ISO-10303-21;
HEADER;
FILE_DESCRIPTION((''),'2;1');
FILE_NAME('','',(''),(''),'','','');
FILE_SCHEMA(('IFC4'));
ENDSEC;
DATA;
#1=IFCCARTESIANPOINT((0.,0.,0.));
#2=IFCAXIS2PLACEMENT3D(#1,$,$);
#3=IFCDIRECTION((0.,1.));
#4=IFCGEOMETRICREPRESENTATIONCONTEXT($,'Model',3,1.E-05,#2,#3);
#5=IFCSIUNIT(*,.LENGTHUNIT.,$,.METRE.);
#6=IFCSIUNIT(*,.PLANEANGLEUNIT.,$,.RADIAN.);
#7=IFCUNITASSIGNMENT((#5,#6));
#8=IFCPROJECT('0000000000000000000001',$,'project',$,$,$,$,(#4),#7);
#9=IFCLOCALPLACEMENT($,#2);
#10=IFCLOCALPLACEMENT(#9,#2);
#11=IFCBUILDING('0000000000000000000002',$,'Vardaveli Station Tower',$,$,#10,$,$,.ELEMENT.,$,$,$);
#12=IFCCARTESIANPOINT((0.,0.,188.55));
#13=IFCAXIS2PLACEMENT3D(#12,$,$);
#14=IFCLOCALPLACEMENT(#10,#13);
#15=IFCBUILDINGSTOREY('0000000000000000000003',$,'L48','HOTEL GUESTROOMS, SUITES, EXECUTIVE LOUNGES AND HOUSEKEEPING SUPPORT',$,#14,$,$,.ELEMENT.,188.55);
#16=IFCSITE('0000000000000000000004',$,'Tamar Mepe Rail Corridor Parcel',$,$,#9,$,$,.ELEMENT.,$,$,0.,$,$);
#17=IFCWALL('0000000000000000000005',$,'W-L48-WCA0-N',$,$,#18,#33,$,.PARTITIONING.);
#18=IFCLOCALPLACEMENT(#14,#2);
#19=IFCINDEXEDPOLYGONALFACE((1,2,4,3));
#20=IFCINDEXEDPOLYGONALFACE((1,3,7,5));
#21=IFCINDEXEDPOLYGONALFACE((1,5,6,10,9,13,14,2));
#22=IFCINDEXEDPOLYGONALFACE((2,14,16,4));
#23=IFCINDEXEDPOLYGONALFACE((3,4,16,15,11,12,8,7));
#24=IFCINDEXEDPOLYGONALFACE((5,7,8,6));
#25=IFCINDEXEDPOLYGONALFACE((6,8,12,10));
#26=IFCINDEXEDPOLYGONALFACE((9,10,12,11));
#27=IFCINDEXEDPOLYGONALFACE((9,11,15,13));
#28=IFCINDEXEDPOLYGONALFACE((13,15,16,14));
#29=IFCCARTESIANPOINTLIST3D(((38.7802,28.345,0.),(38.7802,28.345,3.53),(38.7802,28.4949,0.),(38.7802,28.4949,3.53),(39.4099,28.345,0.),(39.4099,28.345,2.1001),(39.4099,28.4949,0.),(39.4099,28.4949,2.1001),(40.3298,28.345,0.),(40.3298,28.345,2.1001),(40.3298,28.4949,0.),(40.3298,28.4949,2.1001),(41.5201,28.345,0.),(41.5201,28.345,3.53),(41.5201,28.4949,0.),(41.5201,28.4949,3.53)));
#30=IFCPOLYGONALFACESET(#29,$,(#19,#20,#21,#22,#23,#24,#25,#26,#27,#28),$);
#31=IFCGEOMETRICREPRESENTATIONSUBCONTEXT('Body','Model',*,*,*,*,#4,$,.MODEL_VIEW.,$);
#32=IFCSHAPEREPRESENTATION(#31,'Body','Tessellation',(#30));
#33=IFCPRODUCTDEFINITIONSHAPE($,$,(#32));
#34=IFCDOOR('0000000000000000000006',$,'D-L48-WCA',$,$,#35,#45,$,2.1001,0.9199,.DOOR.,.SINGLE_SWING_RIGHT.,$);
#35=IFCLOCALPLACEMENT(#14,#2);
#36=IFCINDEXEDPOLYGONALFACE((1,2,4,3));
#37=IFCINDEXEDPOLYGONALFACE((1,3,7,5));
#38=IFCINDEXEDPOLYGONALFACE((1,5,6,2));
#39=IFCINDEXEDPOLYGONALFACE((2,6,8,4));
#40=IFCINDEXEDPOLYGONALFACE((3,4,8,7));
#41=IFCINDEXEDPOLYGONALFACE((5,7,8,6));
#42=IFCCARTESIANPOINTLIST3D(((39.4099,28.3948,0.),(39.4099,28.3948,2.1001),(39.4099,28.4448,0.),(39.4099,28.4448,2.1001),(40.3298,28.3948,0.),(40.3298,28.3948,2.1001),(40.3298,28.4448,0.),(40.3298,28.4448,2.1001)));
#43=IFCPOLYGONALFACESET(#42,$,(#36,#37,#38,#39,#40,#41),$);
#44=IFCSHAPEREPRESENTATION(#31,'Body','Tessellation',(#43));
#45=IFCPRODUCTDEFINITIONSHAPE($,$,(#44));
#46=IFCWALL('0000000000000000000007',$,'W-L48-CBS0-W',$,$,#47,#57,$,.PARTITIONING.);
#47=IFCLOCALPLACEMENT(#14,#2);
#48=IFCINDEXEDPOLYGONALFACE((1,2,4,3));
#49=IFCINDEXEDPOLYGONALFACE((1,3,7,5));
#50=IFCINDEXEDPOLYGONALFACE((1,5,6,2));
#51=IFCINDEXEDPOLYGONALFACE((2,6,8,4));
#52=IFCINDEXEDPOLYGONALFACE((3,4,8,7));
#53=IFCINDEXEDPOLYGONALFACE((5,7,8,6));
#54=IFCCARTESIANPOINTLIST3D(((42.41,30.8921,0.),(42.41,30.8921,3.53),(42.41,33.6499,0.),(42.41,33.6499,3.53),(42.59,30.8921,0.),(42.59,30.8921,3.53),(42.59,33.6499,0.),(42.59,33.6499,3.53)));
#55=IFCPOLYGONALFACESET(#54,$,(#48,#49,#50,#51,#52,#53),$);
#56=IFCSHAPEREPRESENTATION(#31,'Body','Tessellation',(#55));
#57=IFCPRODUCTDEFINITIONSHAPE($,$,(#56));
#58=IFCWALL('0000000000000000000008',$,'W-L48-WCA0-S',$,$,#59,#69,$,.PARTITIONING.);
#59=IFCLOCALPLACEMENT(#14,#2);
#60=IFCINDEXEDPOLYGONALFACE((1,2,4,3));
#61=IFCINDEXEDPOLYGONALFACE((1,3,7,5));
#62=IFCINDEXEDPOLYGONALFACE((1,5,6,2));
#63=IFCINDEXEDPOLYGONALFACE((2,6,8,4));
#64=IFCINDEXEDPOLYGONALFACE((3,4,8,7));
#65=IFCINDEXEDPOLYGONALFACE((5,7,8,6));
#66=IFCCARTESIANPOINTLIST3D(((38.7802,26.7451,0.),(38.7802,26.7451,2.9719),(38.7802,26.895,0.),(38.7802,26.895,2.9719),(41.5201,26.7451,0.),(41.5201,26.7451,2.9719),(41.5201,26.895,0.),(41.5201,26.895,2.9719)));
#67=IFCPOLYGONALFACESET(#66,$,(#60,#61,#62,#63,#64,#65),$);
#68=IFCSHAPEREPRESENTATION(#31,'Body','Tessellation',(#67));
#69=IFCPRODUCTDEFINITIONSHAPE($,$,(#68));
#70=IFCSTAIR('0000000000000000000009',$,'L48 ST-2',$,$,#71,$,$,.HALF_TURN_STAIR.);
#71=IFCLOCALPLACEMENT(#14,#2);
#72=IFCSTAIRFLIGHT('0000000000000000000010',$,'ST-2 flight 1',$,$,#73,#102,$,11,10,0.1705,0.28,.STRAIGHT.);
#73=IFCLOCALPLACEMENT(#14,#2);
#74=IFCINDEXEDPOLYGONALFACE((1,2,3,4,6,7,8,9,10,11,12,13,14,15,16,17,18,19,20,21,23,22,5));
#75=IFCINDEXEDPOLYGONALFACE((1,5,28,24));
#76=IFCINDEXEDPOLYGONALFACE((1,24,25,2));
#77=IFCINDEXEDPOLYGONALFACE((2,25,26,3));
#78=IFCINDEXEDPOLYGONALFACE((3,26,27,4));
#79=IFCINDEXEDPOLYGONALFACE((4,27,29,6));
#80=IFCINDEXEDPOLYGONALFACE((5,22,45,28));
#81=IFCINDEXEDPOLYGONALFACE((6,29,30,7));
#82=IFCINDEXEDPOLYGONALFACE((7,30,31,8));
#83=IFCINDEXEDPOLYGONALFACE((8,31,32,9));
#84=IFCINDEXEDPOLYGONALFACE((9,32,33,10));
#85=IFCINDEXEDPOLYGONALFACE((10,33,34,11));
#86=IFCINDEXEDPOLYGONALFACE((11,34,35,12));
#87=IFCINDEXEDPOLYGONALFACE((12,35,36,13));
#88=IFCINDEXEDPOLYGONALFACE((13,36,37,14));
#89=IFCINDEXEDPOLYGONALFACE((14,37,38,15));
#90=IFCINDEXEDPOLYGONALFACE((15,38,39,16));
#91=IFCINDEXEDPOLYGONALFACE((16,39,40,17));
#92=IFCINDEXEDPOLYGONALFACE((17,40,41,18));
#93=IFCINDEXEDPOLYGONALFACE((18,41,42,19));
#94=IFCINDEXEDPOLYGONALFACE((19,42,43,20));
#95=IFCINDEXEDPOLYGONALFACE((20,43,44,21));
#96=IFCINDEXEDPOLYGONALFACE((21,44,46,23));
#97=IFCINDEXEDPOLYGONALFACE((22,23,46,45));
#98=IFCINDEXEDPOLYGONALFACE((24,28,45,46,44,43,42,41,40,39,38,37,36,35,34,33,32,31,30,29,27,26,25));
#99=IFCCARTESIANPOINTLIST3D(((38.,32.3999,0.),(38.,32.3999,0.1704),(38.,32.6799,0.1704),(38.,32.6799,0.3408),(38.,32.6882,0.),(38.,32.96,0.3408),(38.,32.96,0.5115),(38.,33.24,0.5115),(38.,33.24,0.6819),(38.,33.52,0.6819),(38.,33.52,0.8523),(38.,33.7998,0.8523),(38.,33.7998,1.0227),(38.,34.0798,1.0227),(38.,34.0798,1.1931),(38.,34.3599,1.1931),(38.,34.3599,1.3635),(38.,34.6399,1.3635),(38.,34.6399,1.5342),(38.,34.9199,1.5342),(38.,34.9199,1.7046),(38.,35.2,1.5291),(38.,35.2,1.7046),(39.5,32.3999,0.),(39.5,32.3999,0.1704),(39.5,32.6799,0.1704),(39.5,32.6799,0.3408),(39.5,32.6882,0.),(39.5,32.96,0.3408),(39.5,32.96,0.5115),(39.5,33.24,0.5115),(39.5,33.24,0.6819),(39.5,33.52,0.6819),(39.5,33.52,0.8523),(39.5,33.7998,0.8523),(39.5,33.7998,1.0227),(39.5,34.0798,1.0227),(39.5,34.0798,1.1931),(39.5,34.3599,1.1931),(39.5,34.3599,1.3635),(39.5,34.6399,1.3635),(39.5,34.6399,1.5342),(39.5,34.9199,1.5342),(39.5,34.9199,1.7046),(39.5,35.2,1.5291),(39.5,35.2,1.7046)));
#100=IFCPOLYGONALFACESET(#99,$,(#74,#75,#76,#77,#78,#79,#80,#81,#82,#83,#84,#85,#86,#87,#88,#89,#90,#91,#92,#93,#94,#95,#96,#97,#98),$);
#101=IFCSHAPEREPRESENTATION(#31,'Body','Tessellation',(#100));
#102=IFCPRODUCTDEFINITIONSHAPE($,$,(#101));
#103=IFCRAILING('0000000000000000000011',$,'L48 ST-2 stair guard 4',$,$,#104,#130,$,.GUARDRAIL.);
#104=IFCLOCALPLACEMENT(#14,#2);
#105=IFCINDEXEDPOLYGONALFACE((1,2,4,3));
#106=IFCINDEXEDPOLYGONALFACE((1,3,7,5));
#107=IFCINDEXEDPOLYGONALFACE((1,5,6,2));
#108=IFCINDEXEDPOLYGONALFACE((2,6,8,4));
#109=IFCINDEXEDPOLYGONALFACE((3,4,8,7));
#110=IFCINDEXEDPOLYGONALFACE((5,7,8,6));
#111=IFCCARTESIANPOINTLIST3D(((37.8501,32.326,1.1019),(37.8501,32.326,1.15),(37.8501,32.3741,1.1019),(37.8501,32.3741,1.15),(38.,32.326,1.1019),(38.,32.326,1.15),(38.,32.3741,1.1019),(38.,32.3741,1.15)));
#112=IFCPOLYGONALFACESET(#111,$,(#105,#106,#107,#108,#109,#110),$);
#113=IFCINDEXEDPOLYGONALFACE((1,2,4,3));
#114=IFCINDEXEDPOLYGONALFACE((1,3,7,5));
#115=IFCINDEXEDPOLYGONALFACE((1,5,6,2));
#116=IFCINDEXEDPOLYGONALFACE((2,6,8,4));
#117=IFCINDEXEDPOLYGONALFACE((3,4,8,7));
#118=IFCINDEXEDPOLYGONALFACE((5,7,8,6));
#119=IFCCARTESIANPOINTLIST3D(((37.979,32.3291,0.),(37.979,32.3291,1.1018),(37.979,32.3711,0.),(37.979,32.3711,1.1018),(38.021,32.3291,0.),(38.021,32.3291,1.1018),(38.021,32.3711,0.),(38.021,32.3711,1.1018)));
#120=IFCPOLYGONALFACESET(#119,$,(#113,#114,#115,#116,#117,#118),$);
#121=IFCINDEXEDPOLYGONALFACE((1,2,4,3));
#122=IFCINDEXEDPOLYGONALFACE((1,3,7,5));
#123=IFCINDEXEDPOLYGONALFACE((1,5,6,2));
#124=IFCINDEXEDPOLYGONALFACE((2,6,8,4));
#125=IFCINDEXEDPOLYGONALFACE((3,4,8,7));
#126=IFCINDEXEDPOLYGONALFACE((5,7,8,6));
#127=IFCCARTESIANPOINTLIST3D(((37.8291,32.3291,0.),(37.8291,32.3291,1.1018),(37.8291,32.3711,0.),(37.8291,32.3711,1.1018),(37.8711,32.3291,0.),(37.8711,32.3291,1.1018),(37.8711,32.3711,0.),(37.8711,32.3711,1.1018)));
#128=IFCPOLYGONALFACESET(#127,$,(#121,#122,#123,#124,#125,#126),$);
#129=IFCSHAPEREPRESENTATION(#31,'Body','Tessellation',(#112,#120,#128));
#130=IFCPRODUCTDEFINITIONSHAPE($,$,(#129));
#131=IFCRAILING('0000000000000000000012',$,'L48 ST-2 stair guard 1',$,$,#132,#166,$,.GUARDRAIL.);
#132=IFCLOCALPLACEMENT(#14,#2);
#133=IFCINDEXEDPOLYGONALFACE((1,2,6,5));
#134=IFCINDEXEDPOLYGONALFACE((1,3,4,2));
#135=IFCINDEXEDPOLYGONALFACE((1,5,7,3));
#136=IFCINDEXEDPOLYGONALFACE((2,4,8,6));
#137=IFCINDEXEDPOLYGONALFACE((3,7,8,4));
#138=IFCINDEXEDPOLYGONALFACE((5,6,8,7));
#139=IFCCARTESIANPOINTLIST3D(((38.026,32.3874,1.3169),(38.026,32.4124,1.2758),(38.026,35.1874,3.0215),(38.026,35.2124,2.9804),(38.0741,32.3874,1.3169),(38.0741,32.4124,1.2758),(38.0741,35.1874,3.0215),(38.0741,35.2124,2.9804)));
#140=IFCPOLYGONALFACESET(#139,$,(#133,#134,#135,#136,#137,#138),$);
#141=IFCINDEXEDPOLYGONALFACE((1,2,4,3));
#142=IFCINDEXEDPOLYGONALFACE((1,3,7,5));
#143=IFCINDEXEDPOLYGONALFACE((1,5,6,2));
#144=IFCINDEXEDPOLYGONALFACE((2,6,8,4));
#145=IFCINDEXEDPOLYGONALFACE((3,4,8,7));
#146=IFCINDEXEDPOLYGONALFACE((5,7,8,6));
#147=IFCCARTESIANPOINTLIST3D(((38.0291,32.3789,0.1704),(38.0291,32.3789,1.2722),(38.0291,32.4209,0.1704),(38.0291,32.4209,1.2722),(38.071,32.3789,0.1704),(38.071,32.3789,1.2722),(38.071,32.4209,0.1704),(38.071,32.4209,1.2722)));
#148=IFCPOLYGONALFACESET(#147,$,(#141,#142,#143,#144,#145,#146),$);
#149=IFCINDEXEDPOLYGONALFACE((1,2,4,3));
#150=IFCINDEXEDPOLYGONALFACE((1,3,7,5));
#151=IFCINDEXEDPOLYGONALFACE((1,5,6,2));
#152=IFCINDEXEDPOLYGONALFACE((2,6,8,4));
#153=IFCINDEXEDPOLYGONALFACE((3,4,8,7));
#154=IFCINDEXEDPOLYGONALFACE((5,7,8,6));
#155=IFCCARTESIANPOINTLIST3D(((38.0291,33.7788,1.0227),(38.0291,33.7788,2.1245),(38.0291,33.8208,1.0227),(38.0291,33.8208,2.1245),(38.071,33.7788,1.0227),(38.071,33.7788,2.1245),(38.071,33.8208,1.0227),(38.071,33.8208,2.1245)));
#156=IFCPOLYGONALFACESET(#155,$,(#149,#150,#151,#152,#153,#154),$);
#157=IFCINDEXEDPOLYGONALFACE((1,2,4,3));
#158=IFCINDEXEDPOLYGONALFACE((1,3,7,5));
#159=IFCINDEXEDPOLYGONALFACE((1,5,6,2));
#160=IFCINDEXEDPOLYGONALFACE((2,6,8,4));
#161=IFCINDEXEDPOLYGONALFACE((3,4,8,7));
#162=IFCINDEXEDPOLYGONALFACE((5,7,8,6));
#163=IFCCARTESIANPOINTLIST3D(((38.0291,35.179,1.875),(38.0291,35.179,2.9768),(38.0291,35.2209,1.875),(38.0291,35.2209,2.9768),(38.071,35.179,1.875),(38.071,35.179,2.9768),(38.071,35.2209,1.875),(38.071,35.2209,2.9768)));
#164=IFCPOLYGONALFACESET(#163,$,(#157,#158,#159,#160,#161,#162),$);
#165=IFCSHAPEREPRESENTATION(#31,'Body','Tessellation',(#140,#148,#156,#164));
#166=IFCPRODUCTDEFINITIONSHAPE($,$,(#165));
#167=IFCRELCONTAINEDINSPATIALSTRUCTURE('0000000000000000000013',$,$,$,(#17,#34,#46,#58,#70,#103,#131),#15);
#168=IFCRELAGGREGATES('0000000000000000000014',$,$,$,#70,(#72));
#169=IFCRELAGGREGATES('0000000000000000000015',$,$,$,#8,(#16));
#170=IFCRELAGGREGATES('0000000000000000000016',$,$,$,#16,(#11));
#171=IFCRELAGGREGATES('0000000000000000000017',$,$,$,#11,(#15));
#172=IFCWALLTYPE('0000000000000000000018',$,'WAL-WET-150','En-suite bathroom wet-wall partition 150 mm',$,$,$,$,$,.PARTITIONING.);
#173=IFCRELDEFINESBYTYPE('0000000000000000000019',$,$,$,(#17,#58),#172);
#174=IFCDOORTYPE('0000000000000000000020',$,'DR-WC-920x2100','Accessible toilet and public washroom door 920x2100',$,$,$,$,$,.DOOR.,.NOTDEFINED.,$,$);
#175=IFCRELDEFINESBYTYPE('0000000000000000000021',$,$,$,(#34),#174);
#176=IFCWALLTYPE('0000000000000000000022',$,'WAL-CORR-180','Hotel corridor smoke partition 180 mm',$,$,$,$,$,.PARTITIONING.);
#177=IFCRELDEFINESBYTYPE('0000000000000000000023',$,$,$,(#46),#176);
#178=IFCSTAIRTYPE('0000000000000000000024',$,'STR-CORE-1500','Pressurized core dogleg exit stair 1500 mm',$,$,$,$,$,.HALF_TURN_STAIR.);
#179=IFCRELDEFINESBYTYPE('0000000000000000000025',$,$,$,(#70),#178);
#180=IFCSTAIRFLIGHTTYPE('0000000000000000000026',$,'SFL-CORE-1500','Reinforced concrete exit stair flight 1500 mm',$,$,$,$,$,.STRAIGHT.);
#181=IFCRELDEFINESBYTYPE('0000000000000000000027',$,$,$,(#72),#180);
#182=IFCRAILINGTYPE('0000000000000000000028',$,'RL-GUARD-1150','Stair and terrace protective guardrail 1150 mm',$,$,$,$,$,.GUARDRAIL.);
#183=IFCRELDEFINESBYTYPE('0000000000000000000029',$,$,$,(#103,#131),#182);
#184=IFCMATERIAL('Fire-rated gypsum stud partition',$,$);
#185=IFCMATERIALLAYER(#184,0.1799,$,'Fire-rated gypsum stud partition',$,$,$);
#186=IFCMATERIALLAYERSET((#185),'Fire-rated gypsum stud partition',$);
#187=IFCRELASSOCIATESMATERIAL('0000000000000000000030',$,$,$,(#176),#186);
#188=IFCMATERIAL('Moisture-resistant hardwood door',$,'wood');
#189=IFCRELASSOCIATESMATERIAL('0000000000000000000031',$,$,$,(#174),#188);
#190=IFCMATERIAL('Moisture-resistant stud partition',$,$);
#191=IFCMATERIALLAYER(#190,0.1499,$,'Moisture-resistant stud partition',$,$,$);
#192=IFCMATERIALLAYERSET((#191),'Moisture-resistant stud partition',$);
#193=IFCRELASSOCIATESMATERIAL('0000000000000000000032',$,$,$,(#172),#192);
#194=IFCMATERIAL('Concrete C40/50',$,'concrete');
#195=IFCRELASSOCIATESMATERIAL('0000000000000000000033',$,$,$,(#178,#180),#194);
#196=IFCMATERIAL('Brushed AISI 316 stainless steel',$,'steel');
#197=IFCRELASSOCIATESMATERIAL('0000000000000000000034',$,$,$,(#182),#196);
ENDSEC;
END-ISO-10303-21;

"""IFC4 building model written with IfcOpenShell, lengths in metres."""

from ifc_helpers import new_model, si_unit, direction, frame, frame_2d, origin, origin_2d, place, context, subcontext, project, spatial, polyline, rectangle, outline, extrude, source, transform, mapped, material, layer, layer_set, type_object, element, fill, aggregate, save


model = new_model("IFC4")

# Units and contexts
model_context = context("Model", 3, precision=1e-05, world=origin(), true_north=direction((0.0, 1.0)))
body_context = subcontext(model_context, "Body", "Model", "MODEL_VIEW")
ifc_project = project(units=[si_unit("LENGTHUNIT", "METRE"), si_unit("PLANEANGLEUNIT", "RADIAN")], contexts=[model_context])

# Site, building, storey
site_placement = place(None, origin())
site = spatial("IfcSite", under=ifc_project, at=site_placement, Name="Tamar Mepe Rail Corridor Parcel", CompositionType="ELEMENT", RefElevation=0.0)
building_placement = place(site_placement, origin())
building = spatial("IfcBuilding", under=site, at=building_placement, Name="Vardaveli Station Tower", CompositionType="ELEMENT")
storey_placement = place(building_placement, frame((0.0, 0.0, 188.55)))
storey = spatial("IfcBuildingStorey", under=building, at=storey_placement, Name="L48", Description="HOTEL GUESTROOMS, SUITES, EXECUTIVE LOUNGES AND HOUSEKEEPING SUPPORT", CompositionType="ELEMENT", Elevation=188.55)

# Shared definitions
ifc_material_1 = material(Name="Concrete C40/50", Category="concrete")

# Shared definitions
ifc_material_2 = material(Name="Fire-rated gypsum stud partition")
ifc_layer_1 = layer(ifc_material_2, 0.1799, Name="Fire-rated gypsum stud partition")
ifc_layer_set_1 = layer_set([ifc_layer_1], Name="Fire-rated gypsum stud partition")
wall_type_1 = type_object("IfcWallType", Name="WAL-CORR-180", Description="Hotel corridor smoke partition 180 mm", PredefinedType="PARTITIONING", material=ifc_layer_set_1)
ifc_material_3 = material(Name="Moisture-resistant hardwood door", Category="wood")
door_type_1 = type_object("IfcDoorType", Name="DR-WC-920x2100", Description="Accessible toilet and public washroom door 920x2100", OperationType="NOTDEFINED", PredefinedType="DOOR", material=ifc_material_3)
shared_shape_1 = source(origin(), body_context, "Body", "SweptSolid", [
    extrude(rectangle(XDim=0.9199, YDim=2.1001, at=frame_2d((0.46, 1.05))), frame((0.0, 0.0249, 0.0), z_axis=(0.0, -1.0, 0.0), x_axis=(1.0, 0.0, 0.0)), (0.0, 0.0, 1.0), 0.05),
])

# Wall, opening, door
ifc_material_4 = material(Name="Moisture-resistant stud partition")
ifc_layer_2 = layer(ifc_material_4, 0.1499, Name="Moisture-resistant stud partition")
ifc_layer_set_2 = layer_set([ifc_layer_2], Name="Moisture-resistant stud partition")
wall_type_2 = type_object("IfcWallType", Name="WAL-WET-150", Description="En-suite bathroom wet-wall partition 150 mm", PredefinedType="PARTITIONING", material=ifc_layer_set_2)
shared_shape_2 = source(origin(), body_context, "Body", "SweptSolid", [
    extrude(rectangle(XDim=2.74, YDim=0.1499, at=frame_2d((1.3701, 0.0))), origin(), (0.0, 0.0, 1.0), 3.53),
])
wall_1_placement = place(storey_placement, frame((38.78, 28.4199, 0.0), z_axis=(0.0, 0.0, 1.0), x_axis=(1.0, 0.0, 0.0)))
wall_1 = element("IfcWall", 1, at=wall_1_placement, inside=storey, type_object=wall_type_2, Name="W-L48-WCA0-N", PredefinedType="PARTITIONING", context=body_context, shape_type="MappedRepresentation", body=[
    mapped(shared_shape_2, transform((0.0, 0.0, 0.0), scale=1.0)),
])
shared_shape_3 = source(origin(), body_context, "Body", "SweptSolid", [
    extrude(rectangle(XDim=0.9199, YDim=2.1001, at=frame_2d((0.46, 1.05))), frame((0.0, 0.085, 0.0), z_axis=(0.0, -1.0, 0.0), x_axis=(1.0, 0.0, 0.0)), (0.0, 0.0, 1.0), 0.1699),
])
opening_1_placement = place(wall_1_placement, frame((0.6299, 0.0, 0.0)))
opening_1 = element("IfcOpeningElement", 2, at=opening_1_placement, cuts=wall_1, PredefinedType="OPENING", context=body_context, shape_type="MappedRepresentation", body=[
    mapped(shared_shape_3, transform((0.0, 0.0, 0.0), scale=1.0)),
])
door_1_placement = place(opening_1_placement, origin())
door_1 = element("IfcDoor", 3, at=door_1_placement, inside=storey, type_object=door_type_1, Name="D-L48-WCA", OperationType="SINGLE_SWING_RIGHT", OverallHeight=2.1001, OverallWidth=0.9199, PredefinedType="DOOR", context=body_context, shape_type="MappedRepresentation", body=[
    mapped(shared_shape_1, transform((0.0, 0.0, 0.0), scale=1.0)),
])
fill(opening_1, door_1)

# Walls
shared_shape_4 = source(origin(), body_context, "Body", "SweptSolid", [
    extrude(rectangle(XDim=2.7578, YDim=0.1799, at=frame_2d((1.3789, 0.0))), origin(), (0.0, 0.0, 1.0), 3.53),
])
wall_2_placement = place(storey_placement, frame((42.5, 30.8921, 0.0), z_axis=(0.0, 0.0, 1.0), x_axis=(0.0, 1.0, 0.0)))
element("IfcWall", 4, at=wall_2_placement, inside=storey, type_object=wall_type_1, Name="W-L48-CBS0-W", PredefinedType="PARTITIONING", context=body_context, shape_type="MappedRepresentation", body=[
    mapped(shared_shape_4, transform((0.0, 0.0, 0.0), scale=1.0)),
])
shared_shape_5 = source(origin(), body_context, "Body", "SweptSolid", [
    extrude(rectangle(XDim=2.74, YDim=0.1499, at=frame_2d((1.3701, 0.0))), origin(), (0.0, 0.0, 1.0), 2.9719),
])
wall_3_placement = place(storey_placement, frame((38.78, 26.8201, 0.0), z_axis=(0.0, 0.0, 1.0), x_axis=(1.0, 0.0, 0.0)))
element("IfcWall", 5, at=wall_3_placement, inside=storey, type_object=wall_type_2, Name="W-L48-WCA0-S", PredefinedType="PARTITIONING", context=body_context, shape_type="MappedRepresentation", body=[
    mapped(shared_shape_5, transform((0.0, 0.0, 0.0), scale=1.0)),
])

# Stair, stair flight
stair_type = type_object("IfcStairType", Name="STR-CORE-1500", Description="Pressurized core dogleg exit stair 1500 mm", PredefinedType="HALF_TURN_STAIR", material=ifc_material_1)
stair_placement = place(storey_placement, origin())
stair = element("IfcStair", 6, at=stair_placement, inside=storey, type_object=stair_type, Name="L48 ST-2", PredefinedType="HALF_TURN_STAIR")
stair_flight_type = type_object("IfcStairFlightType", Name="SFL-CORE-1500", Description="Reinforced concrete exit stair flight 1500 mm", PredefinedType="STRAIGHT", material=ifc_material_1)
shared_shape_6 = source(origin(), body_context, "Body", "SweptSolid", [
    extrude(outline(polyline([(0.0, 0.0), (0.0, 0.1704), (0.28, 0.1704), (0.28, 0.3408), (0.5601, 0.3408), (0.5601, 0.5115), (0.8401, 0.5115), (0.8401, 0.6819), (1.1201, 0.6819), (1.1201, 0.8523), (1.3999, 0.8523), (1.3999, 1.0227), (1.6799, 1.0227), (1.6799, 1.1931), (1.96, 1.1931), (1.96, 1.3635), (2.24, 1.3635), (2.24, 1.5342), (2.52, 1.5342), (2.52, 1.7046), (2.8, 1.7046), (2.8, 1.875), (2.8, 1.5291), (0.2883, 0.0), (0.0, 0.0)])), frame((0.0, 0.75, 0.0), z_axis=(0.0, -1.0, 0.0), x_axis=(1.0, 0.0, 0.0)), (0.0, 0.0, 1.0), 1.5),
])
stair_flight_placement = place(storey_placement, frame((38.75, 32.3999, 0.0), z_axis=(0.0, 0.0, 1.0), x_axis=(0.0, 1.0, 0.0)))
stair_flight = element("IfcStairFlight", 7, at=stair_flight_placement, type_object=stair_flight_type, Name="ST-2 flight 1", NumberOfRisers=11, NumberOfTreads=10, PredefinedType="STRAIGHT", RiserHeight=0.1705, TreadLength=0.28, context=body_context, shape_type="MappedRepresentation", body=[
    mapped(shared_shape_6, transform((0.0, 0.0, 0.0), scale=1.0)),
])
aggregate(stair, [stair_flight])

# Railings
ifc_material_5 = material(Name="Brushed AISI 316 stainless steel", Category="steel")
railing_type_1 = type_object("IfcRailingType", Name="RL-GUARD-1150", Description="Stair and terrace protective guardrail 1150 mm", PredefinedType="GUARDRAIL", material=ifc_material_5)
shared_shape_7 = source(origin(), body_context, "Body", "SweptSolid", [
    extrude(rectangle(XDim=0.0481, YDim=0.0481, at=origin_2d()), frame((0.0, 0.0, 1.126), z_axis=(-1.0, 0.0, 0.0), x_axis=(0.0, -1.0, 0.0)), (0.0, 0.0, 1.0), 0.1499),
    extrude(rectangle(XDim=0.042, YDim=0.042, at=origin_2d()), origin(), (0.0, 0.0, 1.0), 1.1018),
    extrude(rectangle(XDim=0.042, YDim=0.042, at=origin_2d()), frame((-0.1499, 0.0, 0.0)), (0.0, 0.0, 1.0), 1.1018),
])
railing_1_placement = place(storey_placement, frame((38.0, 32.3501, 0.0)))
element("IfcRailing", 8, at=railing_1_placement, inside=storey, type_object=railing_type_1, Name="L48 ST-2 stair guard 4", PredefinedType="GUARDRAIL", context=body_context, shape_type="MappedRepresentation", body=[
    mapped(shared_shape_7, transform((0.0, 0.0, 0.0), scale=1.0)),
])
shared_shape_8 = source(origin(), body_context, "Body", "SweptSolid", [
    extrude(rectangle(XDim=0.0481, YDim=0.0481, at=origin_2d()), frame((0.0, 0.0, 1.126), z_axis=(0.0, 0.85417, 0.519994), x_axis=(-1.0, 0.0, 0.0)), (0.0, 0.0, 1.0), 3.2781),
    extrude(rectangle(XDim=0.042, YDim=0.042, at=origin_2d()), origin(), (0.0, 0.0, 1.0), 1.1018),
    extrude(rectangle(XDim=0.042, YDim=0.042, at=origin_2d()), frame((0.0, 1.3999, 0.8523)), (0.0, 0.0, 1.0), 1.1018),
    extrude(rectangle(XDim=0.042, YDim=0.042, at=origin_2d()), frame((0.0, 2.8, 1.7046)), (0.0, 0.0, 1.0), 1.1018),
])
railing_2_placement = place(storey_placement, frame((38.05, 32.3999, 0.1704)))
element("IfcRailing", 9, at=railing_2_placement, inside=storey, type_object=railing_type_1, Name="L48 ST-2 stair guard 1", PredefinedType="GUARDRAIL", context=body_context, shape_type="MappedRepresentation", body=[
    mapped(shared_shape_8, transform((0.0, 0.0, 0.0), scale=1.0)),
])

save(model, "model.ifc")
